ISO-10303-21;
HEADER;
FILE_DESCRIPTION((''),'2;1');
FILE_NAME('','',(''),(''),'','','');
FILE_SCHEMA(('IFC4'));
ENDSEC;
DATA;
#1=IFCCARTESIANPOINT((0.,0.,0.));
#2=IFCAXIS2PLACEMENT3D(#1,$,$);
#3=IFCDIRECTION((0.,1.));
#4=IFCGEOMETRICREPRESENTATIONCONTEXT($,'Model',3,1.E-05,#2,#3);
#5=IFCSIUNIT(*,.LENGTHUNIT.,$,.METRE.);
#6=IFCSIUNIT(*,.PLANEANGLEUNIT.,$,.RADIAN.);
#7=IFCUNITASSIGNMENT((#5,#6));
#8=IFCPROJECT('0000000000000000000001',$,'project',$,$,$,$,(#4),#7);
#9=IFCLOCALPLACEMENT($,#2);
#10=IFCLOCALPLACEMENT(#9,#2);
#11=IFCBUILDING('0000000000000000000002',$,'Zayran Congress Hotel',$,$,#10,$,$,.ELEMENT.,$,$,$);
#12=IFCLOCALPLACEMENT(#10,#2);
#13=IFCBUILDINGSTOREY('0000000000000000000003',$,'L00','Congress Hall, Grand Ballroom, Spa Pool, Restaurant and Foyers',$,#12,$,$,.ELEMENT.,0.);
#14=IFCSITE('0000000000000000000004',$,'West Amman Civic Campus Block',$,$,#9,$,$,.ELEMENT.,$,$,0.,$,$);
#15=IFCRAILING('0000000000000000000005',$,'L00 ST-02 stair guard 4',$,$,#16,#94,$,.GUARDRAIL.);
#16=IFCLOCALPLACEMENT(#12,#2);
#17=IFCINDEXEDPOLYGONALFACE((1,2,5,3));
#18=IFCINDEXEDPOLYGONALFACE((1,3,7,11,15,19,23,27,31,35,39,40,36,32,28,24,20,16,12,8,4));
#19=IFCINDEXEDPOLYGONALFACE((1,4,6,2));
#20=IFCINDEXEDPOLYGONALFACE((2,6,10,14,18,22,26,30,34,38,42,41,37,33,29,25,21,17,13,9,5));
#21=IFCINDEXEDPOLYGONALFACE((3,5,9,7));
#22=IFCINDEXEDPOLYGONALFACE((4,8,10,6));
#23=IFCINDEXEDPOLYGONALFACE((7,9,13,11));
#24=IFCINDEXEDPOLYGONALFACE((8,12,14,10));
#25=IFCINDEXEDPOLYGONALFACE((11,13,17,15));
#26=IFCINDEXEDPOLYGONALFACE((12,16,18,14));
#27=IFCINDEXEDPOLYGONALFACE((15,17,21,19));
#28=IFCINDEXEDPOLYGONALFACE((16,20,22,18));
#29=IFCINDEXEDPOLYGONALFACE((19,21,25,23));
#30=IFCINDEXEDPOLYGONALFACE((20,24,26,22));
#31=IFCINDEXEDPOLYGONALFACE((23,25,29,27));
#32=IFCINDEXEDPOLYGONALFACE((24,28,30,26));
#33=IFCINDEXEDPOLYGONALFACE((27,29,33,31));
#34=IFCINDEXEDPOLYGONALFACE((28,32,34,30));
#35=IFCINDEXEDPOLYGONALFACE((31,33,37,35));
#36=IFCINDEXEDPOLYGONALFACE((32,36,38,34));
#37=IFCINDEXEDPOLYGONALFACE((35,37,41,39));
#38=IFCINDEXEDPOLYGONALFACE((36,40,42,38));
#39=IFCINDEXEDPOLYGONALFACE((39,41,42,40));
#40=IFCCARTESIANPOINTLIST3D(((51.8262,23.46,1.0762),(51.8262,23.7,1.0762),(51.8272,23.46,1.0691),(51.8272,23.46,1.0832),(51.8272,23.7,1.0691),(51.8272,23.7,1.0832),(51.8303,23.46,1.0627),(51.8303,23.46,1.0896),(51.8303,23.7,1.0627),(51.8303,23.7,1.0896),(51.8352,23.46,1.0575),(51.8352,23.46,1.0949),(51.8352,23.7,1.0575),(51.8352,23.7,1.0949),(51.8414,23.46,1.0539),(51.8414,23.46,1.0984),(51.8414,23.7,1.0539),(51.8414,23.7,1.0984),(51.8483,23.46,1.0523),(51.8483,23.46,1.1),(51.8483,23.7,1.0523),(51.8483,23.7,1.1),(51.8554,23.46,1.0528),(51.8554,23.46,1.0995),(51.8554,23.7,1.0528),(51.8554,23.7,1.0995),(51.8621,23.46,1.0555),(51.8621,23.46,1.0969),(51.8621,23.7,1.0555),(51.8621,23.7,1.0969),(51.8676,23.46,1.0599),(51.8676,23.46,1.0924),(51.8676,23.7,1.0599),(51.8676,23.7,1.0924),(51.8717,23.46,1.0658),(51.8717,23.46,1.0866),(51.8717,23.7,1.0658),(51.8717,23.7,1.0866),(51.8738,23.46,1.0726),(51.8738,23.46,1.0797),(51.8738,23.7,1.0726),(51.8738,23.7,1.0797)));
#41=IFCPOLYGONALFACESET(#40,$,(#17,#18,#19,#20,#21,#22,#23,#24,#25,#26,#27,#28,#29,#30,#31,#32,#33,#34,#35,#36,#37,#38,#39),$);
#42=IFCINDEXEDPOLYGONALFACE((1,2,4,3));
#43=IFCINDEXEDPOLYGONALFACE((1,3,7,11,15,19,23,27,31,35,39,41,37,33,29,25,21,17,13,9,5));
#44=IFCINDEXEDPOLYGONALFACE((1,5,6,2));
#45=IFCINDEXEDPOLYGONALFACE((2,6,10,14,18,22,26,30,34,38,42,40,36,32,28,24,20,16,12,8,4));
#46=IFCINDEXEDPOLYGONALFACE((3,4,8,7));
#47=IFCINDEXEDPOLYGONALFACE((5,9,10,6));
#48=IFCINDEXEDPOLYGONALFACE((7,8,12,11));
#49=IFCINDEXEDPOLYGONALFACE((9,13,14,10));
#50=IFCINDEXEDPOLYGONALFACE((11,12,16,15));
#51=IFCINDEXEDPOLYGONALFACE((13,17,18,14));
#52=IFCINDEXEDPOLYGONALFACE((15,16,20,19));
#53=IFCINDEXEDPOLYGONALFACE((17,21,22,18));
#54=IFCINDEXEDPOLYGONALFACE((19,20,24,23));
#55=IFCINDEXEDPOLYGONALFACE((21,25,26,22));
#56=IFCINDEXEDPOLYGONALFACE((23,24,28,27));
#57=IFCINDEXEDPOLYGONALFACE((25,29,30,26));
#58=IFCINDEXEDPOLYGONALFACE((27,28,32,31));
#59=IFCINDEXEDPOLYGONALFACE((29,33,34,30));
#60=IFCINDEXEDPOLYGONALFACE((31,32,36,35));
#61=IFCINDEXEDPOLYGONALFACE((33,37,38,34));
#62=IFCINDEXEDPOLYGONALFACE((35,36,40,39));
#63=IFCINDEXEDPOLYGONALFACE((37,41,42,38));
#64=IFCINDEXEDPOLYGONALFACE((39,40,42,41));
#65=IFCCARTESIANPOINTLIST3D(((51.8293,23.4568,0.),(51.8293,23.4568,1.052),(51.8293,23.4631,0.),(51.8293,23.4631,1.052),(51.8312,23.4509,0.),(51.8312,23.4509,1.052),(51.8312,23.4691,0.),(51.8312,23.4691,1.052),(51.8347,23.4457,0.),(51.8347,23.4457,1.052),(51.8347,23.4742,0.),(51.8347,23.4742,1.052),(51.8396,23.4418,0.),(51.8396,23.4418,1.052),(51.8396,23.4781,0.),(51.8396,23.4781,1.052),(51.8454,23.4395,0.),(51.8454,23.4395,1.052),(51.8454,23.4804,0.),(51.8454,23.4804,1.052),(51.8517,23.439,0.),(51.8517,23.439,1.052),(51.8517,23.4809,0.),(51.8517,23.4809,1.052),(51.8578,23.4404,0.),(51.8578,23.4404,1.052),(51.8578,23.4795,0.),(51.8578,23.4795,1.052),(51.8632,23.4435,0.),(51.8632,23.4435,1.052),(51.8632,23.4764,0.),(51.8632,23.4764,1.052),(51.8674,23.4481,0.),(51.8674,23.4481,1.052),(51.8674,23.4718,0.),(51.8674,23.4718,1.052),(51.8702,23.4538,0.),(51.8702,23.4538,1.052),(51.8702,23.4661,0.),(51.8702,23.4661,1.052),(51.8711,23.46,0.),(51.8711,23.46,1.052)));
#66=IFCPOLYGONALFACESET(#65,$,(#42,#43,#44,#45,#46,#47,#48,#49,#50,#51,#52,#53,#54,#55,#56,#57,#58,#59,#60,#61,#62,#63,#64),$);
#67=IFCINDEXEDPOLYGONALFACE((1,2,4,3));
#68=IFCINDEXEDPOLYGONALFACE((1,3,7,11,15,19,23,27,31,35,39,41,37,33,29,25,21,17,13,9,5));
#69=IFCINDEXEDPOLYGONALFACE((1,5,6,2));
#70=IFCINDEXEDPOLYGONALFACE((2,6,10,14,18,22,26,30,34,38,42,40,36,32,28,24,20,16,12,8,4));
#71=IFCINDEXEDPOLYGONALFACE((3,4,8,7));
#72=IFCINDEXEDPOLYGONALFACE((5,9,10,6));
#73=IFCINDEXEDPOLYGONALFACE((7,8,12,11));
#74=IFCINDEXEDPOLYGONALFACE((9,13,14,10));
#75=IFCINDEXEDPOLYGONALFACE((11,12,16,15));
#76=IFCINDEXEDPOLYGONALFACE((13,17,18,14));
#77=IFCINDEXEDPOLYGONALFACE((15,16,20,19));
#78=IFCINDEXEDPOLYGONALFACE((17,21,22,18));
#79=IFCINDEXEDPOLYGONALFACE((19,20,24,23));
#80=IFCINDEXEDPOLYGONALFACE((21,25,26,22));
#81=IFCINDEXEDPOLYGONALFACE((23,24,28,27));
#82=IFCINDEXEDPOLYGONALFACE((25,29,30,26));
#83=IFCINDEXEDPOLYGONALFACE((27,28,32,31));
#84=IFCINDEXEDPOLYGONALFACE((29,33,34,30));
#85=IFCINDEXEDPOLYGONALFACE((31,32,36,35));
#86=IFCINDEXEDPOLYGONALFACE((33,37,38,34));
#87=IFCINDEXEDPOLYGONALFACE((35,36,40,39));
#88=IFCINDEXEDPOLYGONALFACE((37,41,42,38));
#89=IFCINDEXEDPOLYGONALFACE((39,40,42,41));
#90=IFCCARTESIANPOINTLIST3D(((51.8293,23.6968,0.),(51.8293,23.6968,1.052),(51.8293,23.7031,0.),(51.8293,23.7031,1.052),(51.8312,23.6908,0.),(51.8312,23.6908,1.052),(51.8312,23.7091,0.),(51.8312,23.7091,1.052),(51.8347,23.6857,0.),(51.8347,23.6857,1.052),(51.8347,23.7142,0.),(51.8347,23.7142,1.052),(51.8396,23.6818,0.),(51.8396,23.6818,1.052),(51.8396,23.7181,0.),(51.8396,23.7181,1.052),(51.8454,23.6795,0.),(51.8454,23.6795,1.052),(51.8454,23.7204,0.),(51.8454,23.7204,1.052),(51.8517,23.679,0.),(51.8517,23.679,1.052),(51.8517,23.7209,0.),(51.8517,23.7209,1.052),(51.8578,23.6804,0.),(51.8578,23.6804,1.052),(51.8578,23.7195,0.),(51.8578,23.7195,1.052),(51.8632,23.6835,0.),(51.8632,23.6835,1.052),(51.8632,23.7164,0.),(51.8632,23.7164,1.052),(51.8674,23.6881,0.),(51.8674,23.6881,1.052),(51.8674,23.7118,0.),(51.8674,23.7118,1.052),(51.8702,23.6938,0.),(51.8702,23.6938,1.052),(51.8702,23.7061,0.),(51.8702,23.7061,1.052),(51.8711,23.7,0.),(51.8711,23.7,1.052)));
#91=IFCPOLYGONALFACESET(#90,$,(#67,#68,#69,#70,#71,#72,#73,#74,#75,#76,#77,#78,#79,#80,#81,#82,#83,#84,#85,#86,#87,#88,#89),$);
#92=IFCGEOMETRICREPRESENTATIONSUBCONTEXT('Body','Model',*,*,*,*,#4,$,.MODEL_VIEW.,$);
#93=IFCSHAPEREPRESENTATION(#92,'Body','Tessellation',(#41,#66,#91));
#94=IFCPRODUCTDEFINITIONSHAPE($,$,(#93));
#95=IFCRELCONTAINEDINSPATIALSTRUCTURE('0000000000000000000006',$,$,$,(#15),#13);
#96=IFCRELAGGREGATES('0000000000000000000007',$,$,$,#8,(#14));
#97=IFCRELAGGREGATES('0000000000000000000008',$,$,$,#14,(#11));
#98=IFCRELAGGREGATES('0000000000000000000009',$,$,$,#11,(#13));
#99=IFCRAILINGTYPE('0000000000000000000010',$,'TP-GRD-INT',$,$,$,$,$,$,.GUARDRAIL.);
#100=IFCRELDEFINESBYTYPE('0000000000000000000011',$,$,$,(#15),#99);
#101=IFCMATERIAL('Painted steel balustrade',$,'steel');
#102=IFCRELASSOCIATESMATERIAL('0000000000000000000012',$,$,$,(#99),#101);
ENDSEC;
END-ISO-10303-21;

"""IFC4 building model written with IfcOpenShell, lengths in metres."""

from ifc_helpers import new_model, si_unit, direction, frame, origin, origin_2d, place, context, subcontext, project, spatial, circle, extrude, material, type_object, element, save


model = new_model("IFC4")

# Units and contexts
model_context = context("Model", 3, precision=1e-05, world=origin(), true_north=direction((0.0, 1.0)))
body_context = subcontext(model_context, "Body", "Model", "MODEL_VIEW")
ifc_project = project(units=[si_unit("LENGTHUNIT", "METRE"), si_unit("PLANEANGLEUNIT", "RADIAN")], contexts=[model_context])

# Site, building, storey
site_placement = place(None, origin())
site = spatial("IfcSite", under=ifc_project, at=site_placement, Name="West Amman Civic Campus Block", CompositionType="ELEMENT", RefElevation=0.0)
building_placement = place(site_placement, origin())
building = spatial("IfcBuilding", under=site, at=building_placement, Name="Zayran Congress Hotel", CompositionType="ELEMENT")
storey_placement = place(building_placement, origin())
storey = spatial("IfcBuildingStorey", under=building, at=storey_placement, Name="L00", Description="Congress Hall, Grand Ballroom, Spa Pool, Restaurant and Foyers", CompositionType="ELEMENT", Elevation=0.0)

# Railing
ifc_material_1 = material(Name="Painted steel balustrade", Category="steel")
railing_type_1 = type_object("IfcRailingType", Name="TP-GRD-INT", PredefinedType="GUARDRAIL", material=ifc_material_1)
railing_1_placement = place(storey_placement, frame((51.8501, 23.46, 0.0)))
element("IfcRailing", 1, at=railing_1_placement, inside=storey, type_object=railing_type_1, Name="L00 ST-02 stair guard 4", PredefinedType="GUARDRAIL", context=body_context, shape_type="SweptSolid", body=[
    extrude(circle(Radius=0.0239, at=origin_2d()), frame((0.0, 0.0, 1.0762), z_axis=(0.0, 1.0, 0.0), x_axis=(-1.0, 0.0, 0.0)), (0.0, 0.0, 1.0), 0.24),
    extrude(circle(Radius=0.021, at=origin_2d()), origin(), (0.0, 0.0, 1.0), 1.052),
    extrude(circle(Radius=0.021, at=origin_2d()), frame((0.0, 0.24, 0.0)), (0.0, 0.0, 1.0), 1.052),
])

save(model, "model.ifc")
